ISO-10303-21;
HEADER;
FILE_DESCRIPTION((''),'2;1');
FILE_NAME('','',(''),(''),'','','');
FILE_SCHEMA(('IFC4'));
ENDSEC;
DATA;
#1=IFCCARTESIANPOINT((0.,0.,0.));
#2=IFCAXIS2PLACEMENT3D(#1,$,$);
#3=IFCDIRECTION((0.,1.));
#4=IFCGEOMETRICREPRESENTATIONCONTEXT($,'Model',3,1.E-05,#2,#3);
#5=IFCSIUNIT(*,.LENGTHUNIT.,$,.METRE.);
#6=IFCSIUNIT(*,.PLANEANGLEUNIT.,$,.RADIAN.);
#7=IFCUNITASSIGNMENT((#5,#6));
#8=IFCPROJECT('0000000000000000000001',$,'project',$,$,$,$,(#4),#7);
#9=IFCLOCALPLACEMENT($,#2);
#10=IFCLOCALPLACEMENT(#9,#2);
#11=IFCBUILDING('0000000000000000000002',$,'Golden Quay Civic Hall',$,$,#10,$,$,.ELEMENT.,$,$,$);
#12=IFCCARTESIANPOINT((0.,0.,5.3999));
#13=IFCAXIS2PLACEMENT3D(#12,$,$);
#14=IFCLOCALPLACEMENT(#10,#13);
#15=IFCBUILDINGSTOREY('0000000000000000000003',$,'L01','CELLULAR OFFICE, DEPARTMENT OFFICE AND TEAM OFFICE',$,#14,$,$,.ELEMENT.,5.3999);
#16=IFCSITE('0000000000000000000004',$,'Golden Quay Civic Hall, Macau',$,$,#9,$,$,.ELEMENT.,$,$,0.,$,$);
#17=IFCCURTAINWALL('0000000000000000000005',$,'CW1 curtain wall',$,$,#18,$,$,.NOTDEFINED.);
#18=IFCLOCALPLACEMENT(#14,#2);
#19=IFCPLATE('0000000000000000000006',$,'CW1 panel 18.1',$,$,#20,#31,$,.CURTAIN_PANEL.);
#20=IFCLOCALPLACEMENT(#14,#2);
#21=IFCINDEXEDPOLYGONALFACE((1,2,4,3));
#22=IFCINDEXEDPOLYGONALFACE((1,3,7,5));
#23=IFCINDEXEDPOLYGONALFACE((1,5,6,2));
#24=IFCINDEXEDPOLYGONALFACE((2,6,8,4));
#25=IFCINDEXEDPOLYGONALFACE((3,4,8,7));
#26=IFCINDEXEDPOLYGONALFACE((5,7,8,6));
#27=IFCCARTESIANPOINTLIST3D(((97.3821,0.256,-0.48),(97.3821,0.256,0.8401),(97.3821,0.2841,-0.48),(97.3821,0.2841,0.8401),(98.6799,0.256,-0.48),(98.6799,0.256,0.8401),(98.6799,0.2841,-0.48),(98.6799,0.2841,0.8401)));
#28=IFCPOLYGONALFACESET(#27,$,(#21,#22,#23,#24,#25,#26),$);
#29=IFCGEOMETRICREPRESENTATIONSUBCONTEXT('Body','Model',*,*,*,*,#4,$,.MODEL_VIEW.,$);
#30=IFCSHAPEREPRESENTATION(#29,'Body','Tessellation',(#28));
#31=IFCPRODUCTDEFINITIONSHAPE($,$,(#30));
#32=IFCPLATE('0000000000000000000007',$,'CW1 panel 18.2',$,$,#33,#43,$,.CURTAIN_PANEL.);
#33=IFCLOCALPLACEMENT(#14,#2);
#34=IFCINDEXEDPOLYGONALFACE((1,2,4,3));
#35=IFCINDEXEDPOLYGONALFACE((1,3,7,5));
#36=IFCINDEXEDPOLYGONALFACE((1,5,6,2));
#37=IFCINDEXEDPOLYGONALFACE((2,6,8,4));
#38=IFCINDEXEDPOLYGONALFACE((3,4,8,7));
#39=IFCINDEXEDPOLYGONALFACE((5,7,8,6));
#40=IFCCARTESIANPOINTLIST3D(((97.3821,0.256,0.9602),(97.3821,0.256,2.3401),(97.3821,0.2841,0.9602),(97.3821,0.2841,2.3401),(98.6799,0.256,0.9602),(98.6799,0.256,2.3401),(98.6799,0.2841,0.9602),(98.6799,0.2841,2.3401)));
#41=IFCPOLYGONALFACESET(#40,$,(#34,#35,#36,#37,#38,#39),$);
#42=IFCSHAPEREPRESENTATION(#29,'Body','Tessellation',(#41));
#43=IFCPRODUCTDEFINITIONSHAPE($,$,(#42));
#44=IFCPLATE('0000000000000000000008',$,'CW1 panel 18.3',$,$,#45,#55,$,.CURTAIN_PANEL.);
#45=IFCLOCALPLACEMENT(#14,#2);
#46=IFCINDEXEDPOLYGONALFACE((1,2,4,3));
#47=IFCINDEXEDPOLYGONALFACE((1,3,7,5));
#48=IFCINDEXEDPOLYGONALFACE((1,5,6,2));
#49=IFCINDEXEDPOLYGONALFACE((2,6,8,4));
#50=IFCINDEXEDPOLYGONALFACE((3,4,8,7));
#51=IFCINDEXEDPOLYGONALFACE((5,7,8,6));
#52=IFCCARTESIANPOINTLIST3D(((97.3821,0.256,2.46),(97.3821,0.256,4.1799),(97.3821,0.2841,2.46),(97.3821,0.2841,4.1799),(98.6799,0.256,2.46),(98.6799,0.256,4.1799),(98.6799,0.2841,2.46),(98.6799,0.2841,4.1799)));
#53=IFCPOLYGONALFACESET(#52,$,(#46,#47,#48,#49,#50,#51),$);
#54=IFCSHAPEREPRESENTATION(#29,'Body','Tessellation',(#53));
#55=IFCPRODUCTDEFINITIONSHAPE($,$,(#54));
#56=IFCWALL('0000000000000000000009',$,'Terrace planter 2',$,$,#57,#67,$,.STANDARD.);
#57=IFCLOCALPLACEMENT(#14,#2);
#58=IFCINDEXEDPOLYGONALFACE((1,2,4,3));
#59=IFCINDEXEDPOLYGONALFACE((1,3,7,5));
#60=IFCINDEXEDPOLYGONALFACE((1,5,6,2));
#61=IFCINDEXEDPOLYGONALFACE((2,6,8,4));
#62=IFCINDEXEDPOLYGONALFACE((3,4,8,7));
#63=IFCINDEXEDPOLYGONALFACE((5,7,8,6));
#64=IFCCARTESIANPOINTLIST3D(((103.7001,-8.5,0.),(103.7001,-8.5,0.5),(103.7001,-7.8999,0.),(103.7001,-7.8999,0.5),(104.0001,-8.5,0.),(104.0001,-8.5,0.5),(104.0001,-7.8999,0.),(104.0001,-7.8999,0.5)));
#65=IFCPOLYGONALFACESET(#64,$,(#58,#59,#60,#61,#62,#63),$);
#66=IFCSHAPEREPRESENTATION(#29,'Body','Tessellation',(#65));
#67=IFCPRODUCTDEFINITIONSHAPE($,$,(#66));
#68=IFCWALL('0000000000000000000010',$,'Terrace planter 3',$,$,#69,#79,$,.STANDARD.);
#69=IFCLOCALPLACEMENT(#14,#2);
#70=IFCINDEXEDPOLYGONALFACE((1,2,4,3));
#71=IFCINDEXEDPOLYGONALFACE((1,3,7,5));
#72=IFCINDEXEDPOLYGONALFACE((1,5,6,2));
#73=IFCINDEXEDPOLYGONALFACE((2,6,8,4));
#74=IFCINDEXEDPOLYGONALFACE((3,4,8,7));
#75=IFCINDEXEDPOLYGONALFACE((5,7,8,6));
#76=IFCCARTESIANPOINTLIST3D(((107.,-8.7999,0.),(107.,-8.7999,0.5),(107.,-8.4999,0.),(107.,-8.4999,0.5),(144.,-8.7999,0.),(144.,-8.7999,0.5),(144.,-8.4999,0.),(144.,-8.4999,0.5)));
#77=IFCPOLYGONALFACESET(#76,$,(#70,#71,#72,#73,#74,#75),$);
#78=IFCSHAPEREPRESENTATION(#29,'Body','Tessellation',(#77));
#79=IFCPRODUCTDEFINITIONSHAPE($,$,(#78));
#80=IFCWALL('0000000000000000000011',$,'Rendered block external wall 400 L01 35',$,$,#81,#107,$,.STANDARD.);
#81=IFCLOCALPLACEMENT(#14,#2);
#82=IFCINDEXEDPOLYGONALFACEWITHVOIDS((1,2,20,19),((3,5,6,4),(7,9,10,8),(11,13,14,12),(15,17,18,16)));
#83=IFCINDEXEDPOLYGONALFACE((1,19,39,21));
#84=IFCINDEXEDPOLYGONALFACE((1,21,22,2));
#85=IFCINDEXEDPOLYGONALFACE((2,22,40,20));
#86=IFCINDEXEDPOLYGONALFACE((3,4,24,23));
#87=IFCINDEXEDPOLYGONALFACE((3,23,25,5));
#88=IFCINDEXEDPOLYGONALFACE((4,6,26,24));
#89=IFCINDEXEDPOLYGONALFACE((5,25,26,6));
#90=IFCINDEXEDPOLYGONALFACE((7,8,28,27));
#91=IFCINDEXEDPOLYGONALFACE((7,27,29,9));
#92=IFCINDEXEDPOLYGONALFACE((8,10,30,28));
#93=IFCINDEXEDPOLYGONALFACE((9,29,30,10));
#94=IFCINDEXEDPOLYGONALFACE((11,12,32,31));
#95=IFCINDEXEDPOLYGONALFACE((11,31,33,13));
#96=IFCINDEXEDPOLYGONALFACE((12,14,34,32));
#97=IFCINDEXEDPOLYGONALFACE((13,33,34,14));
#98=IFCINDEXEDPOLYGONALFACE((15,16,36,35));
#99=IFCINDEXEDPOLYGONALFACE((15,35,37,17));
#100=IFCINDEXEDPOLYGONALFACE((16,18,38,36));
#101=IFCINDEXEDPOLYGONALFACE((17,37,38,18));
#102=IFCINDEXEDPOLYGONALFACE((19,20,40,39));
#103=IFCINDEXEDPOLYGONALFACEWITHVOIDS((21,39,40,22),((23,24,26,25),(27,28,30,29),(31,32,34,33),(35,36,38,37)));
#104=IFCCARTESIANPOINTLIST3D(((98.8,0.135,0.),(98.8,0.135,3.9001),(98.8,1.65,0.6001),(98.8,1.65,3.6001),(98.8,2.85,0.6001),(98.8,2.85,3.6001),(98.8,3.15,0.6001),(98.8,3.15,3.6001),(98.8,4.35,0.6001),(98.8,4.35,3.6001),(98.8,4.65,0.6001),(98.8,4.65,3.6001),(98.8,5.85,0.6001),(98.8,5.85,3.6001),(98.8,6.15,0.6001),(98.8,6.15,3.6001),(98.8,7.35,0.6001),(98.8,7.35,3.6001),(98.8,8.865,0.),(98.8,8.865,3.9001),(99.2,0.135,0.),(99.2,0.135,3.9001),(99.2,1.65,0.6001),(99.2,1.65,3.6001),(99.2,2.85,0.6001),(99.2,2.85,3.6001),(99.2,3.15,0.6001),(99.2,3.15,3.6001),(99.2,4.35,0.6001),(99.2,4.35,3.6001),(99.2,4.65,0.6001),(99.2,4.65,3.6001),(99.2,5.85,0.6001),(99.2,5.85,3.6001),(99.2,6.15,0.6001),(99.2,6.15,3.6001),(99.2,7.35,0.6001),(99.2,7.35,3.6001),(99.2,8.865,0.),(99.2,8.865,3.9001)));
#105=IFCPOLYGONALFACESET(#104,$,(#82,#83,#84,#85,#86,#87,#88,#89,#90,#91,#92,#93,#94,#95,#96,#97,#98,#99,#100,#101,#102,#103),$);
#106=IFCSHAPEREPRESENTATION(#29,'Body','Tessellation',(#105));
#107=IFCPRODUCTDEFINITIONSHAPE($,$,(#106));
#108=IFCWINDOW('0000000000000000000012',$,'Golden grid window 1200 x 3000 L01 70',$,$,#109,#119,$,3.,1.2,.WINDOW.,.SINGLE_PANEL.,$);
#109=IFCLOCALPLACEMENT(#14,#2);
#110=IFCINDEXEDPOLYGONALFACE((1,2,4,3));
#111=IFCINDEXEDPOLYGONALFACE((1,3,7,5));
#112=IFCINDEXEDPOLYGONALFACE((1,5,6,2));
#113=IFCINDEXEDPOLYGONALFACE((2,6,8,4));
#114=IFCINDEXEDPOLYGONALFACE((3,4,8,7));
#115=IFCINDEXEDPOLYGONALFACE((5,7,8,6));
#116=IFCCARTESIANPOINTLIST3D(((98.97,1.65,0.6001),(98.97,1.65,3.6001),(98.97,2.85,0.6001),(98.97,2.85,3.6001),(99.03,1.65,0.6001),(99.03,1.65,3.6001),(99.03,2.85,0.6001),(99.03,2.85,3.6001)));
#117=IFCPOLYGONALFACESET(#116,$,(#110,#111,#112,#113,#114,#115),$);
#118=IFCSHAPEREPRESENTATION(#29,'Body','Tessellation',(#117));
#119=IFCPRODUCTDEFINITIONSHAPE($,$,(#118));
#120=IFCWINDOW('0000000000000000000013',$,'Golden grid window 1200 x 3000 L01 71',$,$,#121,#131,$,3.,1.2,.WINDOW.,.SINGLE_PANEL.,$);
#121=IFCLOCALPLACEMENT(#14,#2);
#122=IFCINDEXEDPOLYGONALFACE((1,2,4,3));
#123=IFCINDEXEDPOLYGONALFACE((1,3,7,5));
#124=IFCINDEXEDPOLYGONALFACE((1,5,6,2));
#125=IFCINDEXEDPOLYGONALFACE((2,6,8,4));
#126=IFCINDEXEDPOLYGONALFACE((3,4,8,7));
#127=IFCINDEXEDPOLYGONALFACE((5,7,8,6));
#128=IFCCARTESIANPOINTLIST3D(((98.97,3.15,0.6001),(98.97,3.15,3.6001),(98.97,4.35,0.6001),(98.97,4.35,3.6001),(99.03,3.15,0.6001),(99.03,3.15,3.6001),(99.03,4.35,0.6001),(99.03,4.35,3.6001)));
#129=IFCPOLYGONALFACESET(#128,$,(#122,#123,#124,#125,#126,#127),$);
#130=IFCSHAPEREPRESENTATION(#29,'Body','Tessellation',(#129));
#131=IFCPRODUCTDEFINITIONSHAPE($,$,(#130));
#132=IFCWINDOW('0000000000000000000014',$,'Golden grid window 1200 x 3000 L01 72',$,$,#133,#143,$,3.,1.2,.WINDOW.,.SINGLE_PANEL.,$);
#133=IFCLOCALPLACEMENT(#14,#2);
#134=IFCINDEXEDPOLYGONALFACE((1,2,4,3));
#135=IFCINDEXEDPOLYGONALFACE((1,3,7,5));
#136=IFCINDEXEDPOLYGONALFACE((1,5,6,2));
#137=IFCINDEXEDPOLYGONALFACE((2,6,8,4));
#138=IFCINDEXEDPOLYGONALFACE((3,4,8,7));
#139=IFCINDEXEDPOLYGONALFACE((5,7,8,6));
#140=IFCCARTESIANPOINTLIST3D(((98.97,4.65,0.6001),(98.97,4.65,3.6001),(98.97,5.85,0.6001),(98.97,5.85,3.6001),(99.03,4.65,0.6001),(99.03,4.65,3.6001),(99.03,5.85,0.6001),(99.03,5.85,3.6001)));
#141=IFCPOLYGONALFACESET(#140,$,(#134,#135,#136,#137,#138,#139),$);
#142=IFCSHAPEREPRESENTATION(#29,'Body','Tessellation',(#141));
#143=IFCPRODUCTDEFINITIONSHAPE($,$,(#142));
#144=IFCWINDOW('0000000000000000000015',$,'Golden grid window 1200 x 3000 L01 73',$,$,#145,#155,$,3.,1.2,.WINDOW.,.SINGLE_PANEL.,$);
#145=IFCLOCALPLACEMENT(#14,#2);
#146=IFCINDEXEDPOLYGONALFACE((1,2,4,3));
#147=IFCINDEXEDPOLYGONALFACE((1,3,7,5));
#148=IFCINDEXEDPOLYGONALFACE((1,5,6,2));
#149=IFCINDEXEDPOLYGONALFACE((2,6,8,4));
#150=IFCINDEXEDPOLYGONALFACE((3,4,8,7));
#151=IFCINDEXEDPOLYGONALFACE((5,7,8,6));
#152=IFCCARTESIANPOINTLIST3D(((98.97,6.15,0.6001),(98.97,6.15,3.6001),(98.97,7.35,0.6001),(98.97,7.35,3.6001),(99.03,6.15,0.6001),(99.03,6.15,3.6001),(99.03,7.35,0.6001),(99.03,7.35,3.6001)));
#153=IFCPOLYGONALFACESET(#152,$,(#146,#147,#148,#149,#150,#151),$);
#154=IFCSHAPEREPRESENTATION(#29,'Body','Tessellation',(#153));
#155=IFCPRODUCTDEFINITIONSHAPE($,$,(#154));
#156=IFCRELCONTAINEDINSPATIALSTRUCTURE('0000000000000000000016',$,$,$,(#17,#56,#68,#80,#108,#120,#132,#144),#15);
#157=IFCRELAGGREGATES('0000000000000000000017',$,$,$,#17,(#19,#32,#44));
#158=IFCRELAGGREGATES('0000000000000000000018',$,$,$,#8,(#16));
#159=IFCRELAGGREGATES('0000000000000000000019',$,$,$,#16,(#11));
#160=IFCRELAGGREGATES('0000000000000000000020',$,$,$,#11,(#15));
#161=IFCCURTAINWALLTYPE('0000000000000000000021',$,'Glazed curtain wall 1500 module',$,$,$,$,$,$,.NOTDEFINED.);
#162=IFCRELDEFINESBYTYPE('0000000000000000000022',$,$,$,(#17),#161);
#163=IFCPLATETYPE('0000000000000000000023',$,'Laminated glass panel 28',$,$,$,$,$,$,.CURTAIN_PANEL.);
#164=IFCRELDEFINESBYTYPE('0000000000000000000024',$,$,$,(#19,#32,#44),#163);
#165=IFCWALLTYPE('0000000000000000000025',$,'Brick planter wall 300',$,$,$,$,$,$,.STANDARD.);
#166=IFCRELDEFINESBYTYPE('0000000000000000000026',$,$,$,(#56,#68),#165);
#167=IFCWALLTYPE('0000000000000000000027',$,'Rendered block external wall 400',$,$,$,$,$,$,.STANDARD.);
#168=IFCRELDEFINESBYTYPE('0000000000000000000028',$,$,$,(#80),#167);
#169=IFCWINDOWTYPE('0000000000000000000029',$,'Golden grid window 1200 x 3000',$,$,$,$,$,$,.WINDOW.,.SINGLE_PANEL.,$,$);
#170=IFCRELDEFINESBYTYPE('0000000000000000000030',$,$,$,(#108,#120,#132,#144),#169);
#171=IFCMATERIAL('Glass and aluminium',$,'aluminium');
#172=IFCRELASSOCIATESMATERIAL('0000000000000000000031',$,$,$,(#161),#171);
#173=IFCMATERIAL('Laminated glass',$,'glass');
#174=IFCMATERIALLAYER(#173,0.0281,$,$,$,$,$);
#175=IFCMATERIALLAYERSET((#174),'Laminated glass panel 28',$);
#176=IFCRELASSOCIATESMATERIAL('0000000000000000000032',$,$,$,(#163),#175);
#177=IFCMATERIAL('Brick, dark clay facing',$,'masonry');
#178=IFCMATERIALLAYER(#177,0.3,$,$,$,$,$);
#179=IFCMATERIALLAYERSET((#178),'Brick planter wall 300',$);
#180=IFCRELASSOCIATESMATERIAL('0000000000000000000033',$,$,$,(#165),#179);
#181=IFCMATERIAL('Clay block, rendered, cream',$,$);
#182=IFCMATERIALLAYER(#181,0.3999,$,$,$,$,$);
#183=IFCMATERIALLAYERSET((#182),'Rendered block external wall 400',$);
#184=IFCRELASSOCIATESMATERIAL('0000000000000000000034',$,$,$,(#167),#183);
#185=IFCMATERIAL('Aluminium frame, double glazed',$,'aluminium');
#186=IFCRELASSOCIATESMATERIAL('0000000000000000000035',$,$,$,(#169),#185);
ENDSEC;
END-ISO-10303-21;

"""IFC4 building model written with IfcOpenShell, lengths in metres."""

from ifc_helpers import new_model, si_unit, direction, frame, frame_2d, origin, origin_2d, place, context, subcontext, project, spatial, rectangle, extrude, material, layer, layer_set, type_object, element, fill, aggregate, save


model = new_model("IFC4")

# Units and contexts
model_context = context("Model", 3, precision=1e-05, world=origin(), true_north=direction((0.0, 1.0)))
body_context = subcontext(model_context, "Body", "Model", "MODEL_VIEW")
ifc_project = project(units=[si_unit("LENGTHUNIT", "METRE"), si_unit("PLANEANGLEUNIT", "RADIAN")], contexts=[model_context])

# Site, building, storey
site_placement = place(None, origin())
site = spatial("IfcSite", under=ifc_project, at=site_placement, Name="Golden Quay Civic Hall, Macau", CompositionType="ELEMENT", RefElevation=0.0)
building_placement = place(site_placement, origin())
building = spatial("IfcBuilding", under=site, at=building_placement, Name="Golden Quay Civic Hall", CompositionType="ELEMENT")
storey_placement = place(building_placement, frame((0.0, 0.0, 5.3999)))
storey = spatial("IfcBuildingStorey", under=building, at=storey_placement, Name="L01", Description="CELLULAR OFFICE, DEPARTMENT OFFICE AND TEAM OFFICE", CompositionType="ELEMENT", Elevation=5.3999)

# Curtain wall
ifc_material_1 = material(Name="Glass and aluminium", Category="aluminium")
curtain_wall_type = type_object("IfcCurtainWallType", Name="Glazed curtain wall 1500 module", PredefinedType="NOTDEFINED", material=ifc_material_1)
curtain_wall_placement = place(storey_placement, origin())
curtain_wall = element("IfcCurtainWall", 1, at=curtain_wall_placement, inside=storey, type_object=curtain_wall_type, Name="CW1 curtain wall", PredefinedType="NOTDEFINED")

# Plates
ifc_material_2 = material(Name="Laminated glass", Category="glass")
ifc_layer_1 = layer(ifc_material_2, 0.0281)
ifc_layer_set_1 = layer_set([ifc_layer_1], Name="Laminated glass panel 28")
plate_type = type_object("IfcPlateType", Name="Laminated glass panel 28", PredefinedType="CURTAIN_PANEL", material=ifc_layer_set_1)
plate_1_placement = place(storey_placement, frame((98.031, 0.27, -0.48), z_axis=(0.0, 0.0, 1.0), x_axis=(1.0, 0.0, 0.0)))
plate_1 = element("IfcPlate", 2, at=plate_1_placement, type_object=plate_type, Name="CW1 panel 18.1", PredefinedType="CURTAIN_PANEL", context=body_context, shape_type="SweptSolid", body=[
    extrude(rectangle(XDim=1.2979, YDim=0.0281, at=origin_2d()), origin(), (0.0, 0.0, 1.0), 1.3201),
])
plate_2_placement = place(storey_placement, frame((98.031, 0.27, 0.9602), z_axis=(0.0, 0.0, 1.0), x_axis=(1.0, 0.0, 0.0)))
plate_2 = element("IfcPlate", 3, at=plate_2_placement, type_object=plate_type, Name="CW1 panel 18.2", PredefinedType="CURTAIN_PANEL", context=body_context, shape_type="SweptSolid", body=[
    extrude(rectangle(XDim=1.2979, YDim=0.0281, at=origin_2d()), origin(), (0.0, 0.0, 1.0), 1.3799),
])
plate_3_placement = place(storey_placement, frame((98.031, 0.27, 2.46), z_axis=(0.0, 0.0, 1.0), x_axis=(1.0, 0.0, 0.0)))
plate_3 = element("IfcPlate", 4, at=plate_3_placement, type_object=plate_type, Name="CW1 panel 18.3", PredefinedType="CURTAIN_PANEL", context=body_context, shape_type="SweptSolid", body=[
    extrude(rectangle(XDim=1.2979, YDim=0.0281, at=origin_2d()), origin(), (0.0, 0.0, 1.0), 1.72),
])
aggregate(curtain_wall, [plate_1, plate_2, plate_3])

# Walls
ifc_material_3 = material(Name="Brick, dark clay facing", Category="masonry")
ifc_layer_2 = layer(ifc_material_3, 0.3)
ifc_layer_set_2 = layer_set([ifc_layer_2], Name="Brick planter wall 300")
wall_type_1 = type_object("IfcWallType", Name="Brick planter wall 300", PredefinedType="STANDARD", material=ifc_layer_set_2)
wall_1_placement = place(storey_placement, frame((103.8501, -8.5, 0.0), z_axis=(0.0, 0.0, 1.0), x_axis=(0.0, 1.0, 0.0)))
element("IfcWall", 5, at=wall_1_placement, inside=storey, type_object=wall_type_1, Name="Terrace planter 2", PredefinedType="STANDARD", context=body_context, shape_type="SweptSolid", body=[
    extrude(rectangle(XDim=0.6001, YDim=0.3, at=frame_2d((0.3, 0.0))), origin(), (0.0, 0.0, 1.0), 0.5),
])
wall_2_placement = place(storey_placement, frame((107.0, -8.6499, 0.0), z_axis=(0.0, 0.0, 1.0), x_axis=(1.0, 0.0, 0.0)))
element("IfcWall", 6, at=wall_2_placement, inside=storey, type_object=wall_type_1, Name="Terrace planter 3", PredefinedType="STANDARD", context=body_context, shape_type="SweptSolid", body=[
    extrude(rectangle(XDim=37.0, YDim=0.3, at=frame_2d((18.5, 0.0))), origin(), (0.0, 0.0, 1.0), 0.5),
])

# Wall, openings, windows
ifc_material_4 = material(Name="Clay block, rendered, cream")
ifc_layer_3 = layer(ifc_material_4, 0.3999)
ifc_layer_set_3 = layer_set([ifc_layer_3], Name="Rendered block external wall 400")
wall_type_2 = type_object("IfcWallType", Name="Rendered block external wall 400", PredefinedType="STANDARD", material=ifc_layer_set_3)
wall_3_placement = place(storey_placement, frame((99.0, 0.135, 0.0), z_axis=(0.0, 0.0, 1.0), x_axis=(0.0, 1.0, 0.0)))
wall_3 = element("IfcWall", 7, at=wall_3_placement, inside=storey, type_object=wall_type_2, Name="Rendered block external wall 400 L01 35", PredefinedType="STANDARD", context=body_context, shape_type="SweptSolid", body=[
    extrude(rectangle(XDim=8.73, YDim=0.3999, at=frame_2d((4.365, 0.0))), origin(), (0.0, 0.0, 1.0), 3.9001),
])
opening_1_placement = place(wall_3_placement, frame((1.5149, 0.0, 0.6001)))
opening_1 = element("IfcOpeningElement", 8, at=opening_1_placement, cuts=wall_3, PredefinedType="OPENING", context=body_context, shape_type="SweptSolid", body=[
    extrude(rectangle(XDim=1.2, YDim=3.0, at=frame_2d((0.6001, 1.5))), frame((0.0, 0.21, 0.0), z_axis=(0.0, -1.0, 0.0), x_axis=(1.0, 0.0, 0.0)), (0.0, 0.0, 1.0), 0.4199),
])
opening_2_placement = place(wall_3_placement, frame((3.0149, 0.0, 0.6001)))
opening_2 = element("IfcOpeningElement", 9, at=opening_2_placement, cuts=wall_3, PredefinedType="OPENING", context=body_context, shape_type="SweptSolid", body=[
    extrude(rectangle(XDim=1.2, YDim=3.0, at=frame_2d((0.6001, 1.5))), frame((0.0, 0.21, 0.0), z_axis=(0.0, -1.0, 0.0), x_axis=(1.0, 0.0, 0.0)), (0.0, 0.0, 1.0), 0.4199),
])
opening_3_placement = place(wall_3_placement, frame((4.5149, 0.0, 0.6001)))
opening_3 = element("IfcOpeningElement", 10, at=opening_3_placement, cuts=wall_3, PredefinedType="OPENING", context=body_context, shape_type="SweptSolid", body=[
    extrude(rectangle(XDim=1.2, YDim=3.0, at=frame_2d((0.6001, 1.5))), frame((0.0, 0.21, 0.0), z_axis=(0.0, -1.0, 0.0), x_axis=(1.0, 0.0, 0.0)), (0.0, 0.0, 1.0), 0.4199),
])
opening_4_placement = place(wall_3_placement, frame((6.0149, 0.0, 0.6001)))
opening_4 = element("IfcOpeningElement", 11, at=opening_4_placement, cuts=wall_3, PredefinedType="OPENING", context=body_context, shape_type="SweptSolid", body=[
    extrude(rectangle(XDim=1.2, YDim=3.0, at=frame_2d((0.6001, 1.5))), frame((0.0, 0.21, 0.0), z_axis=(0.0, -1.0, 0.0), x_axis=(1.0, 0.0, 0.0)), (0.0, 0.0, 1.0), 0.4199),
])
ifc_material_5 = material(Name="Aluminium frame, double glazed", Category="aluminium")
window_type = type_object("IfcWindowType", Name="Golden grid window 1200 x 3000", PartitioningType="SINGLE_PANEL", PredefinedType="WINDOW", material=ifc_material_5)
window_1_placement = place(opening_1_placement, origin())
window_1 = element("IfcWindow", 12, at=window_1_placement, inside=storey, type_object=window_type, Name="Golden grid window 1200 x 3000 L01 70", OverallHeight=3.0, OverallWidth=1.2, PartitioningType="SINGLE_PANEL", PredefinedType="WINDOW", context=body_context, shape_type="SweptSolid", body=[
    extrude(rectangle(XDim=1.2, YDim=3.0, at=frame_2d((0.6001, 1.5))), frame((0.0, 0.03, 0.0), z_axis=(0.0, -1.0, 0.0), x_axis=(1.0, 0.0, 0.0)), (0.0, 0.0, 1.0), 0.0601),
])
fill(opening_1, window_1)
window_2_placement = place(opening_2_placement, origin())
window_2 = element("IfcWindow", 13, at=window_2_placement, inside=storey, type_object=window_type, Name="Golden grid window 1200 x 3000 L01 71", OverallHeight=3.0, OverallWidth=1.2, PartitioningType="SINGLE_PANEL", PredefinedType="WINDOW", context=body_context, shape_type="SweptSolid", body=[
    extrude(rectangle(XDim=1.2, YDim=3.0, at=frame_2d((0.6001, 1.5))), frame((0.0, 0.03, 0.0), z_axis=(0.0, -1.0, 0.0), x_axis=(1.0, 0.0, 0.0)), (0.0, 0.0, 1.0), 0.0601),
])
fill(opening_2, window_2)
window_3_placement = place(opening_3_placement, origin())
window_3 = element("IfcWindow", 14, at=window_3_placement, inside=storey, type_object=window_type, Name="Golden grid window 1200 x 3000 L01 72", OverallHeight=3.0, OverallWidth=1.2, PartitioningType="SINGLE_PANEL", PredefinedType="WINDOW", context=body_context, shape_type="SweptSolid", body=[
    extrude(rectangle(XDim=1.2, YDim=3.0, at=frame_2d((0.6001, 1.5))), frame((0.0, 0.03, 0.0), z_axis=(0.0, -1.0, 0.0), x_axis=(1.0, 0.0, 0.0)), (0.0, 0.0, 1.0), 0.0601),
])
fill(opening_3, window_3)
window_4_placement = place(opening_4_placement, origin())
window_4 = element("IfcWindow", 15, at=window_4_placement, inside=storey, type_object=window_type, Name="Golden grid window 1200 x 3000 L01 73", OverallHeight=3.0, OverallWidth=1.2, PartitioningType="SINGLE_PANEL", PredefinedType="WINDOW", context=body_context, shape_type="SweptSolid", body=[
    extrude(rectangle(XDim=1.2, YDim=3.0, at=frame_2d((0.6001, 1.5))), frame((0.0, 0.03, 0.0), z_axis=(0.0, -1.0, 0.0), x_axis=(1.0, 0.0, 0.0)), (0.0, 0.0, 1.0), 0.0601),
])
fill(opening_4, window_4)

save(model, "model.ifc")
